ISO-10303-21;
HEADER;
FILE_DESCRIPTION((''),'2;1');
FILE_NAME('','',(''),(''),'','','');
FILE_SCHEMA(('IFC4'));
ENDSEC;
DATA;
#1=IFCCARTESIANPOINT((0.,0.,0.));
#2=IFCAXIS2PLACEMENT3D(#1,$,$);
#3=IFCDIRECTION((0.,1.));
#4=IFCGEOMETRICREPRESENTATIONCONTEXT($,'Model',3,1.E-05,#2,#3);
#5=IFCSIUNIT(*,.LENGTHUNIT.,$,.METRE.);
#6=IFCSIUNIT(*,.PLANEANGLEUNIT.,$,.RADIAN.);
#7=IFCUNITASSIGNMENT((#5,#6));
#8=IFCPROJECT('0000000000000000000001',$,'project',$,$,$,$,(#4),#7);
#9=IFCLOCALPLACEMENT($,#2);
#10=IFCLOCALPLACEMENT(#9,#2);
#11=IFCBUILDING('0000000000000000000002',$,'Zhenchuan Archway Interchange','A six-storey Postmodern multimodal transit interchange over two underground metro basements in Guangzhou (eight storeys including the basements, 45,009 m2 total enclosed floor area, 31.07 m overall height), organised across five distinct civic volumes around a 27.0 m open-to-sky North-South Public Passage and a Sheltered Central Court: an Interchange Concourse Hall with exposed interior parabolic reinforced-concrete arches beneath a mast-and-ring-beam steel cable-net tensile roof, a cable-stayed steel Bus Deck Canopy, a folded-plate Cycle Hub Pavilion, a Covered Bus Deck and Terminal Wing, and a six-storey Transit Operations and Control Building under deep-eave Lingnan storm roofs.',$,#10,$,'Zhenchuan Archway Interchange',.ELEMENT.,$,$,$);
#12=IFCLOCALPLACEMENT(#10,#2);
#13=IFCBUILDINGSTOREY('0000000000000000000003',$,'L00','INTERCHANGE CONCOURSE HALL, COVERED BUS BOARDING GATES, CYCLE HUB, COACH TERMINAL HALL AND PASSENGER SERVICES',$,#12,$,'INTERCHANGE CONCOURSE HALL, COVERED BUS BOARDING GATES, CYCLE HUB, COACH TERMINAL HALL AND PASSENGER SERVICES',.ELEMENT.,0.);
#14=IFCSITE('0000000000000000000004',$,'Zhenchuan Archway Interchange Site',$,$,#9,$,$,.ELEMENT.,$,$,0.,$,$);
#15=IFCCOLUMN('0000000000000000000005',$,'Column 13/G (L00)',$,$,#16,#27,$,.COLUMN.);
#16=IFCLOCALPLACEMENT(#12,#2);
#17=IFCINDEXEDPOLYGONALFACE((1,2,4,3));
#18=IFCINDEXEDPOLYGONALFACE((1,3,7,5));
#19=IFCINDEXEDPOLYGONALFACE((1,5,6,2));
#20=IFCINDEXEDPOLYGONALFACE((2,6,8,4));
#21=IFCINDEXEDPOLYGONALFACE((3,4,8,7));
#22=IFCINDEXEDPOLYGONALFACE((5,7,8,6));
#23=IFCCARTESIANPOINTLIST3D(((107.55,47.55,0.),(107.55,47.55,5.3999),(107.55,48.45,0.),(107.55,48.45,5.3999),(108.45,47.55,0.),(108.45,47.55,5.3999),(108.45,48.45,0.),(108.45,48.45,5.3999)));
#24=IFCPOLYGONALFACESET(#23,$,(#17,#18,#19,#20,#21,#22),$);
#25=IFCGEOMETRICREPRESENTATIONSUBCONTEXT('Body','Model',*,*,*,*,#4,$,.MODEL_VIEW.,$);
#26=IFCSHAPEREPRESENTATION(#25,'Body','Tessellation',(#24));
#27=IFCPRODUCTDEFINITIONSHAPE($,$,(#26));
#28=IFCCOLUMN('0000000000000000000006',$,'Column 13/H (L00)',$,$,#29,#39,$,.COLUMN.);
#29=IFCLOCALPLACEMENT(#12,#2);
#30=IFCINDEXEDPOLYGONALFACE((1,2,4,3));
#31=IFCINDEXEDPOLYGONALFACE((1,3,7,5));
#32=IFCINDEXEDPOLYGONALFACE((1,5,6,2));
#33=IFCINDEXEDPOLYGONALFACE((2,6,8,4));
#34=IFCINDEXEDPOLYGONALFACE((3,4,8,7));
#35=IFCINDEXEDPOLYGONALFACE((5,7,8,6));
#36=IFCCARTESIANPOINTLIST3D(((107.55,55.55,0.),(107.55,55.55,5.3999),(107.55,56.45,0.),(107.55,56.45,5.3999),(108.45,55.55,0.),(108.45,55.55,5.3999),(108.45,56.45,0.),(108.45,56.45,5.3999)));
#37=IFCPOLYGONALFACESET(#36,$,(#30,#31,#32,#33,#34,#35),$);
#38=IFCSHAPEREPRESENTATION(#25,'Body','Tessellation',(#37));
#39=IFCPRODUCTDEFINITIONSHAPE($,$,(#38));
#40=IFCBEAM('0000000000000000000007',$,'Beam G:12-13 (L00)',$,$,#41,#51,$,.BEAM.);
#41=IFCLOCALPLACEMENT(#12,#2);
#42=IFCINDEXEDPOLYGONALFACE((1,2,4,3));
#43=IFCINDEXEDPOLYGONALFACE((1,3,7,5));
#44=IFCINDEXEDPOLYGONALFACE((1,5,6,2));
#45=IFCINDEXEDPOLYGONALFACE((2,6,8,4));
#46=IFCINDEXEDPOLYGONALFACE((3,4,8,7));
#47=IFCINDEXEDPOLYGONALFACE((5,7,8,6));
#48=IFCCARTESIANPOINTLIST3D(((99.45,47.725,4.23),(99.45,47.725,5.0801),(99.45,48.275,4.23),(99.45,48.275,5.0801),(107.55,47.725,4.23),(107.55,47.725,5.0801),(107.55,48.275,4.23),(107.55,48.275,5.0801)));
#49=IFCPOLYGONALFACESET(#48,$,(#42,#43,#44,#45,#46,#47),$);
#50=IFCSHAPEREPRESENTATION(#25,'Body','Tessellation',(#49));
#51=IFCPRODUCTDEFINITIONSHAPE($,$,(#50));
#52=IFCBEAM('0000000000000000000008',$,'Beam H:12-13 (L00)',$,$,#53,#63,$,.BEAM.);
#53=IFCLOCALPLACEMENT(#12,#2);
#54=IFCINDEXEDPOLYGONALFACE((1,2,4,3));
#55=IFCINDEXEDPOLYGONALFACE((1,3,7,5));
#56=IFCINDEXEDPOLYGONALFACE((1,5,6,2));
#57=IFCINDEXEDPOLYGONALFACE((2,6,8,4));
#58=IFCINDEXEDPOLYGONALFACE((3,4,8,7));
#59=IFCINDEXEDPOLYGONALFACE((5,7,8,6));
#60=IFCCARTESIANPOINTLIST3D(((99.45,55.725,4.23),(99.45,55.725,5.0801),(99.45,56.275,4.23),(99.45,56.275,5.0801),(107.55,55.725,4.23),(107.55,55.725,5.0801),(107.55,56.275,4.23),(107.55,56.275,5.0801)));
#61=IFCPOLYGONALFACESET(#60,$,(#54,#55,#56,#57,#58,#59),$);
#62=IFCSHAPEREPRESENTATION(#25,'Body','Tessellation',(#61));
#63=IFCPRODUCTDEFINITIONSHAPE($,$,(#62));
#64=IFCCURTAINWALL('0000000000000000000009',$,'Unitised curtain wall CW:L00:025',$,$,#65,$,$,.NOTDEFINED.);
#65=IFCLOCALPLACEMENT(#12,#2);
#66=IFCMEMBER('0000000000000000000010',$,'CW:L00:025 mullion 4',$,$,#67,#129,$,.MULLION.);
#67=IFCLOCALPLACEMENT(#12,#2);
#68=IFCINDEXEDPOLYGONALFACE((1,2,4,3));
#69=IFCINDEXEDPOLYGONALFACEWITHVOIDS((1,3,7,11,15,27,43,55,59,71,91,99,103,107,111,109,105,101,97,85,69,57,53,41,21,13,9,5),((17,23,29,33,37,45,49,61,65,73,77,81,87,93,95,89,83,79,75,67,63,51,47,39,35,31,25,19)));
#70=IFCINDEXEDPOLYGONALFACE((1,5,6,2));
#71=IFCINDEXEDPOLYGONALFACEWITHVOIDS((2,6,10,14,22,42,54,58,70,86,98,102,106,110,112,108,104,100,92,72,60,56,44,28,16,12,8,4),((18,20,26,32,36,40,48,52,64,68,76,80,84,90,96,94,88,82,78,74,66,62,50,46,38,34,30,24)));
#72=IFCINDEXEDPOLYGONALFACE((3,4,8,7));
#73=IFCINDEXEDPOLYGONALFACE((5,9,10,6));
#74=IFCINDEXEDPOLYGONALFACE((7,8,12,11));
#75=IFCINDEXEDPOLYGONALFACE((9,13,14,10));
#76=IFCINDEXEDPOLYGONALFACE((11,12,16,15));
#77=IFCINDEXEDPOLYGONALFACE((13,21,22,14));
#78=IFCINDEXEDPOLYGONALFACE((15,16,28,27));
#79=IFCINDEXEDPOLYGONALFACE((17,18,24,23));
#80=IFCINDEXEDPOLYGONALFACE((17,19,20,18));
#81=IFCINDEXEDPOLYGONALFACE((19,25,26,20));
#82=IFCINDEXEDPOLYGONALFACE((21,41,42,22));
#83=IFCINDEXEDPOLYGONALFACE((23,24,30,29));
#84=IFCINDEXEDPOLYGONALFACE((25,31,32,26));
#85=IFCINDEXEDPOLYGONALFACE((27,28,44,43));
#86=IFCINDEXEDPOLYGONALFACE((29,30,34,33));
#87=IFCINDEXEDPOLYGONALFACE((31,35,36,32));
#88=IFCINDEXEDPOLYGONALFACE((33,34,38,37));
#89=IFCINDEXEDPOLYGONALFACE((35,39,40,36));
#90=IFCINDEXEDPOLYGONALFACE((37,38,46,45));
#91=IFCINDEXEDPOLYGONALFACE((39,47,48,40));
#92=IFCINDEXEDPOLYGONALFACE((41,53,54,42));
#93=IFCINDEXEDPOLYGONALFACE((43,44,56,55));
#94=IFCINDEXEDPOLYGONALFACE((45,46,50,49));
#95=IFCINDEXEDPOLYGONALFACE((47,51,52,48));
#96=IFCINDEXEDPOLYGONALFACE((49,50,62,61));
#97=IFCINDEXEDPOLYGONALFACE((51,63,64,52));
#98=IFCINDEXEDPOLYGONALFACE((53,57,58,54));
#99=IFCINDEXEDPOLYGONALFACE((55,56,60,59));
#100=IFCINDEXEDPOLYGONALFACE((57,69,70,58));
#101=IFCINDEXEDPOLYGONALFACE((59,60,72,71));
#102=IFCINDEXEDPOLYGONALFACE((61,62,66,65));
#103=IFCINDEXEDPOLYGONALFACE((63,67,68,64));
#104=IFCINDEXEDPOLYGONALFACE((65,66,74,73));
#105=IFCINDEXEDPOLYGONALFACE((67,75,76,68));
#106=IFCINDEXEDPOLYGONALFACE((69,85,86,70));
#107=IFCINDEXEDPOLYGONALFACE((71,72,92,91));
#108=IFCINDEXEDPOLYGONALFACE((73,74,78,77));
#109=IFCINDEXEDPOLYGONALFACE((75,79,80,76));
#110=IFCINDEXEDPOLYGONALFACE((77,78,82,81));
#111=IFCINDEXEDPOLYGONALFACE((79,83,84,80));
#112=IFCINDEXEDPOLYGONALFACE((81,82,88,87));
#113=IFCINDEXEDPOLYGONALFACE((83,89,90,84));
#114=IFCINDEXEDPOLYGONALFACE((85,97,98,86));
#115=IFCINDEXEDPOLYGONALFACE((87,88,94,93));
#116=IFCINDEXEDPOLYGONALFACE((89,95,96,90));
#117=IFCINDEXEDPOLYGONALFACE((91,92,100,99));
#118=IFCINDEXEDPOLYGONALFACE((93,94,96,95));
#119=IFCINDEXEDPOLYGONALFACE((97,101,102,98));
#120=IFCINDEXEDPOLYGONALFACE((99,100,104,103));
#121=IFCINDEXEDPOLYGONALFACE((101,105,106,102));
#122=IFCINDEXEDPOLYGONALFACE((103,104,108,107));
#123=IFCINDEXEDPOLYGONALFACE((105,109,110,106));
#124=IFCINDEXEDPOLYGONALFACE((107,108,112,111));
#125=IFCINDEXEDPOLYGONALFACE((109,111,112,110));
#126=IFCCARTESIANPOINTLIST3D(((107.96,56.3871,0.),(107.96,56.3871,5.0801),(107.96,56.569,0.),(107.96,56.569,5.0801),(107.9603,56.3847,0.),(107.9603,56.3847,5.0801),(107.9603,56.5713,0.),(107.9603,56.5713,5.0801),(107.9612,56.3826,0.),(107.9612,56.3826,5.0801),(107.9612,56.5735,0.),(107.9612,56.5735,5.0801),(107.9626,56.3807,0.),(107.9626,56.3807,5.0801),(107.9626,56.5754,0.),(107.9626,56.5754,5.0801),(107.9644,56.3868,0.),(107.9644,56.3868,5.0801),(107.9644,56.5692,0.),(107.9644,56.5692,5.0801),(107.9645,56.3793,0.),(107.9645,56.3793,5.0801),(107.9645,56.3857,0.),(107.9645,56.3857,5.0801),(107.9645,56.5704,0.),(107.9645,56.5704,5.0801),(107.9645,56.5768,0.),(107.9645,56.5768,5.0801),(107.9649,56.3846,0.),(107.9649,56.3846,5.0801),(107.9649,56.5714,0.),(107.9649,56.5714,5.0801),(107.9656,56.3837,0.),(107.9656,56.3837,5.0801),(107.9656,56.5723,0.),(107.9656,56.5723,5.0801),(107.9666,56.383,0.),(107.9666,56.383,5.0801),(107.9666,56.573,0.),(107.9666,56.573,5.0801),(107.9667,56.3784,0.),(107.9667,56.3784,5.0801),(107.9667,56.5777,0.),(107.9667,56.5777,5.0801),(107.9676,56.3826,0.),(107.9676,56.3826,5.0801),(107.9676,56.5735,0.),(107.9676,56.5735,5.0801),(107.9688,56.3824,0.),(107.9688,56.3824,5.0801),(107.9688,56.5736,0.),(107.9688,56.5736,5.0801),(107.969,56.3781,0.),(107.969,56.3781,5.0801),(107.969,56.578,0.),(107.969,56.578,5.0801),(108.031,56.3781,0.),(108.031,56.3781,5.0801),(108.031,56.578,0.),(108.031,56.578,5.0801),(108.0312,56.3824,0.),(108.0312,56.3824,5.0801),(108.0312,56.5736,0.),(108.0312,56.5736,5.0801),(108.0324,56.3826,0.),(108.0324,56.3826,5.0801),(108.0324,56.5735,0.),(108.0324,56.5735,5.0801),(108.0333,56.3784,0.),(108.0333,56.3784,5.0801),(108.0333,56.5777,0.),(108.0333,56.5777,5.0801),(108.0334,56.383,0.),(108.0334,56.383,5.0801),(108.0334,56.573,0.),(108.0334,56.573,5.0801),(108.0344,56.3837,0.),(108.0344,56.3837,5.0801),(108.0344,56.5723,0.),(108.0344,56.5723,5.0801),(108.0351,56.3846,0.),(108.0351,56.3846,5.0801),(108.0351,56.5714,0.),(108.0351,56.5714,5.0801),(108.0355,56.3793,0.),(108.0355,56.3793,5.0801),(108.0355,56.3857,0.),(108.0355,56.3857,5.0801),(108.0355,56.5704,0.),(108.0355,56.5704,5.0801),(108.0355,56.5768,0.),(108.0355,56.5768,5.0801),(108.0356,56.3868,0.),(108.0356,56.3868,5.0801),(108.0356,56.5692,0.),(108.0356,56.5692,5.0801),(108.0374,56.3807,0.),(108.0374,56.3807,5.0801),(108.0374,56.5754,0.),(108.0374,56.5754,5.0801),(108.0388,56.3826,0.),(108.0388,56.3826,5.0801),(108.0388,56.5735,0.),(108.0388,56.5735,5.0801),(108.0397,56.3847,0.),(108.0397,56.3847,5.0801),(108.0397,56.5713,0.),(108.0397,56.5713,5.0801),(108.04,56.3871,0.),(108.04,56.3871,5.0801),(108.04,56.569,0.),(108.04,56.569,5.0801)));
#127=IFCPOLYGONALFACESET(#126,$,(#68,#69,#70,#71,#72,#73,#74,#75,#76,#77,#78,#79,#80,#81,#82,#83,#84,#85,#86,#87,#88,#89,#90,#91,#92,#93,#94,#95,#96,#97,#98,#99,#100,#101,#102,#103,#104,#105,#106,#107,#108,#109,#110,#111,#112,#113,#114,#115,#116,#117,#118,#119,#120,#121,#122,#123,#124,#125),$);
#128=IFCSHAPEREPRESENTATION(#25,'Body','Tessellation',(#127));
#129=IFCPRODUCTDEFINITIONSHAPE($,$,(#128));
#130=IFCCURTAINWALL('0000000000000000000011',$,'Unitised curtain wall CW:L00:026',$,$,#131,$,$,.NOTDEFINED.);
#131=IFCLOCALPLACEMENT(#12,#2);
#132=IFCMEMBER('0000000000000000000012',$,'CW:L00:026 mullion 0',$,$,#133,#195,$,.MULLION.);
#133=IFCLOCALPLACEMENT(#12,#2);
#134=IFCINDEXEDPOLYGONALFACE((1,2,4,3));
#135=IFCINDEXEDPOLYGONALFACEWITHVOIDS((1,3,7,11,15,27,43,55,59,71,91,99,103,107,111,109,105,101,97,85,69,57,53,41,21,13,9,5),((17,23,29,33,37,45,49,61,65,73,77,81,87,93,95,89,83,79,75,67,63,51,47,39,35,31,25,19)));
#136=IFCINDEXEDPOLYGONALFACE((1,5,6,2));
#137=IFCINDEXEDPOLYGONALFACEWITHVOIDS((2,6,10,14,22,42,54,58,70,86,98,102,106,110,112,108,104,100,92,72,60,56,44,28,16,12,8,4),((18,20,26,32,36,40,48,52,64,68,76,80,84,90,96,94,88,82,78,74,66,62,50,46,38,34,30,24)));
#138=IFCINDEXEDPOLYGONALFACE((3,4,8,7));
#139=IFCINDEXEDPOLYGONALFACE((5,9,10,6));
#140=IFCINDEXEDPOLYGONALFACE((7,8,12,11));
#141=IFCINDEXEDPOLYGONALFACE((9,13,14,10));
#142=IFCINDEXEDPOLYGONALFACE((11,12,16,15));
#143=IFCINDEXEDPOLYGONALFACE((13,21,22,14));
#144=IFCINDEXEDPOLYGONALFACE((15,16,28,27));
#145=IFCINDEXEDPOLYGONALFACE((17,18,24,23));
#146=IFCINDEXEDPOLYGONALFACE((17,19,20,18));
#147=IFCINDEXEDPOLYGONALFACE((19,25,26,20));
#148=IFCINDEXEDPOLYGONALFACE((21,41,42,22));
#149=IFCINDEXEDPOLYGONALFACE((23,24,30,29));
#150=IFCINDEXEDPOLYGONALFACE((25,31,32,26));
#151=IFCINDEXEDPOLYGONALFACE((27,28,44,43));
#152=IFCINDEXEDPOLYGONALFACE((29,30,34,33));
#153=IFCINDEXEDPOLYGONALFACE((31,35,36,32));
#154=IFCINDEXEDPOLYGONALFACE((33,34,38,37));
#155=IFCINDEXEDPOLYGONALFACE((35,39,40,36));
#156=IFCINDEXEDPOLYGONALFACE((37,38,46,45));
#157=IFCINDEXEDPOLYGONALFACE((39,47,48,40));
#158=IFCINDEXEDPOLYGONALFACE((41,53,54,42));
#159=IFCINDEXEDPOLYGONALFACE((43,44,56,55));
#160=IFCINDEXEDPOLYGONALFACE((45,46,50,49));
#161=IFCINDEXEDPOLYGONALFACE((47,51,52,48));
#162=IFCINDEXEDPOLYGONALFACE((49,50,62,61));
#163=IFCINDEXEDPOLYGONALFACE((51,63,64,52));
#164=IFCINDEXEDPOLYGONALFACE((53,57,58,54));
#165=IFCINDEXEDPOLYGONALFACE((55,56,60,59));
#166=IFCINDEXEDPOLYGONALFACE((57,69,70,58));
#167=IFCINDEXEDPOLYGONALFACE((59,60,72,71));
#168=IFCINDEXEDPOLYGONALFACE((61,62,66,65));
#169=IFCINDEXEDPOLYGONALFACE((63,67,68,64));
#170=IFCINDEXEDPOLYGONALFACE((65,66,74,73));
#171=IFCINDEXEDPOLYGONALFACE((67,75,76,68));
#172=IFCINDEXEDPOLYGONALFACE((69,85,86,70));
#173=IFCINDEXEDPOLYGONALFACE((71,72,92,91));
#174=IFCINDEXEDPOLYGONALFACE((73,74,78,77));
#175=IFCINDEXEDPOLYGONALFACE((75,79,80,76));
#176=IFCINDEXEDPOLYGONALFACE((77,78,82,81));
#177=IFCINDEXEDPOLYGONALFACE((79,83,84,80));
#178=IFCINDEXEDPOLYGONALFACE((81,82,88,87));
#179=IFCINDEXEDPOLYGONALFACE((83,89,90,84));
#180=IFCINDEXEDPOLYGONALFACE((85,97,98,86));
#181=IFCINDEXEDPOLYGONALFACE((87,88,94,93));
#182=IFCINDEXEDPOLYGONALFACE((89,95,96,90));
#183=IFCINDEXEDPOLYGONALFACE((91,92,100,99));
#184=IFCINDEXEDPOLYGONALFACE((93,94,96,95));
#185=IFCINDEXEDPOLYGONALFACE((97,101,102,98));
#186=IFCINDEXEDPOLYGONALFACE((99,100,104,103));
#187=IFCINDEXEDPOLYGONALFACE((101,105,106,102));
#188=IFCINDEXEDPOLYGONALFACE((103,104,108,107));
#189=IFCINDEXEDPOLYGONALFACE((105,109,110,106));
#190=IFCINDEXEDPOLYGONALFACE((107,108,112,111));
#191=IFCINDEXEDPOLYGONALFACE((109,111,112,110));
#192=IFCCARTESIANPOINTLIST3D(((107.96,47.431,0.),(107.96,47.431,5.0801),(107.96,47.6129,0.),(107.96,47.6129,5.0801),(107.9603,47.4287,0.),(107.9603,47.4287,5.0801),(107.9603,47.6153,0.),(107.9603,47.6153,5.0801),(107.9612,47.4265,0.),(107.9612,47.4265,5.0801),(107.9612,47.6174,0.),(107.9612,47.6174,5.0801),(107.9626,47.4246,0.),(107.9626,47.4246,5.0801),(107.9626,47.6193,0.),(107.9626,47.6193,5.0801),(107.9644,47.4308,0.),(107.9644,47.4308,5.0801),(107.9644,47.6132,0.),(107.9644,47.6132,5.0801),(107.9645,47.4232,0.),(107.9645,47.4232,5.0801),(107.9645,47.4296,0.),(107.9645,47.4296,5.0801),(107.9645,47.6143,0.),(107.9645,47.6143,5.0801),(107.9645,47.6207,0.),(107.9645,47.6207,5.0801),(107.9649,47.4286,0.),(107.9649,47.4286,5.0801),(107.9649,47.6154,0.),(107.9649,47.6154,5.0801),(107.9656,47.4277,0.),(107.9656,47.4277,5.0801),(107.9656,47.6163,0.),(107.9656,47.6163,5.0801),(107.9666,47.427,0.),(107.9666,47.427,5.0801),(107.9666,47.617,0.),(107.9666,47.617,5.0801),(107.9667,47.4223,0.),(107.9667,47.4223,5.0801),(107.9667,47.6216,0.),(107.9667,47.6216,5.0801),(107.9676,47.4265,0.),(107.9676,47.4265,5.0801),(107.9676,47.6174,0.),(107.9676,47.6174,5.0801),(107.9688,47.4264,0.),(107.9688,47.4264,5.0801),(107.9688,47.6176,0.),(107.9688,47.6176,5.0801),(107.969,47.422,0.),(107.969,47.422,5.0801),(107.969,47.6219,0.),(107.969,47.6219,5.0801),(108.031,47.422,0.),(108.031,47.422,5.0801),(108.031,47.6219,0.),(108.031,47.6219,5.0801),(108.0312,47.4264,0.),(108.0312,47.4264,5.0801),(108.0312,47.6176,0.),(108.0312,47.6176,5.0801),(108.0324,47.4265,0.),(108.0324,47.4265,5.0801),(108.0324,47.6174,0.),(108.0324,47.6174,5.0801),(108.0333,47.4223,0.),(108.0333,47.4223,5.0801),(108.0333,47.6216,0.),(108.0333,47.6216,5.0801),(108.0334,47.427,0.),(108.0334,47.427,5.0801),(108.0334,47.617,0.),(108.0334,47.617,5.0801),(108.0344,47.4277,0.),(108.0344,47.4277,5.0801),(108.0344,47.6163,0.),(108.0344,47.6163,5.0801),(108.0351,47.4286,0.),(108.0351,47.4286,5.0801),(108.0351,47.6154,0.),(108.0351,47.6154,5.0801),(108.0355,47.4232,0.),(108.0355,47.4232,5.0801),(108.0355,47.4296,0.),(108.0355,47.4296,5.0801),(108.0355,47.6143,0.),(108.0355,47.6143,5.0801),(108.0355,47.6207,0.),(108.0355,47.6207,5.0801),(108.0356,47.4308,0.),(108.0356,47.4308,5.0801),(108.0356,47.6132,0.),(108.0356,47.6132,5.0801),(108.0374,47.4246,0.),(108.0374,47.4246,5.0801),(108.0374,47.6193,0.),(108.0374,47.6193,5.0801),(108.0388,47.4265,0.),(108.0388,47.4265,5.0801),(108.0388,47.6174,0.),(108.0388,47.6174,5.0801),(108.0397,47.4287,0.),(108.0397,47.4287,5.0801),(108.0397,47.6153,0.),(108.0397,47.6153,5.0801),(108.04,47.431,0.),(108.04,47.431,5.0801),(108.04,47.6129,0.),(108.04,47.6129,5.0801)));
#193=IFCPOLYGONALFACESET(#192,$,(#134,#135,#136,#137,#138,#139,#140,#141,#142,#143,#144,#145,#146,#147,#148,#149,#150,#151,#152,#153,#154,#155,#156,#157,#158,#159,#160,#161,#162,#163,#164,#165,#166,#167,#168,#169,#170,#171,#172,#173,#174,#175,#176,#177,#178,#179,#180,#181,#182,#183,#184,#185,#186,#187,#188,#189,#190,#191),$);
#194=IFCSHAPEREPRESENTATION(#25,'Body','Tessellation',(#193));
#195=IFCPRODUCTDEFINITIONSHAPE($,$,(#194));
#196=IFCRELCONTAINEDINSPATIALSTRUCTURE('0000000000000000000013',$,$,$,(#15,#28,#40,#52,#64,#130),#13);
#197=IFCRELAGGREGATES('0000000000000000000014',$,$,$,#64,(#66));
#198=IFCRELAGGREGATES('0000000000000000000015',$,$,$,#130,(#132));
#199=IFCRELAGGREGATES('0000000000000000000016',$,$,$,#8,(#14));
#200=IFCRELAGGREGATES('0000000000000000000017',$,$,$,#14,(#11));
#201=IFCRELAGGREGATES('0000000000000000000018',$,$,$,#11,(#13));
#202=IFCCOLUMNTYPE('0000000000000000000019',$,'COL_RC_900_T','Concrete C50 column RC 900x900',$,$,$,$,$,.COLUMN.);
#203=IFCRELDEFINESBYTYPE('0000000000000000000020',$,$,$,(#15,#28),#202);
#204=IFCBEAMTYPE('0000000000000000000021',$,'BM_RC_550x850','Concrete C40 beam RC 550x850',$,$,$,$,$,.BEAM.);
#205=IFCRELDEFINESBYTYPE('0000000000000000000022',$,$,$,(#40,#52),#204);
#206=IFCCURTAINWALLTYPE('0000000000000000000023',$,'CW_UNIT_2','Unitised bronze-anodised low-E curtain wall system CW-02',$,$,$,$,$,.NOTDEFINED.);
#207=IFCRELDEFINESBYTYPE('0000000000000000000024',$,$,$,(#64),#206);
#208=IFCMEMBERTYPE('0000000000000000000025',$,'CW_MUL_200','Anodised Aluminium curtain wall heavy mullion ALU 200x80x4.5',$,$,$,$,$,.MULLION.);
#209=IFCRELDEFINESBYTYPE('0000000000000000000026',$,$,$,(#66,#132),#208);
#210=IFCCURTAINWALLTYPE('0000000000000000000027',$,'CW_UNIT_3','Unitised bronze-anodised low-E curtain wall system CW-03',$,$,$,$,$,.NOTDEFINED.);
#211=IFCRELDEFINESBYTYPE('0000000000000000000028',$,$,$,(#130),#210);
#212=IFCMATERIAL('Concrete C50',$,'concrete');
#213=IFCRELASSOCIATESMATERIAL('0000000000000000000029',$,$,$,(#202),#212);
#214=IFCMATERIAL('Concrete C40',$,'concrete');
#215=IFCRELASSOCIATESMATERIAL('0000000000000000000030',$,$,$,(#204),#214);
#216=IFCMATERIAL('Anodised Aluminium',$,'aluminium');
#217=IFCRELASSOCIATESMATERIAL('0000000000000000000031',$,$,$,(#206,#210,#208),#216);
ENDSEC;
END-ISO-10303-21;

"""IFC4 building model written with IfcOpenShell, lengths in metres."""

from ifc_helpers import new_model, si_unit, direction, frame, origin, origin_2d, place, context, subcontext, project, spatial, rectangle, hollow_rectangle, extrude, material, material_profile, profile_set, type_object, element, aggregate, save


model = new_model("IFC4")

# Units and contexts
model_context = context("Model", 3, precision=1e-05, world=origin(), true_north=direction((0.0, 1.0)))
body_context = subcontext(model_context, "Body", "Model", "MODEL_VIEW")
ifc_project = project(units=[si_unit("LENGTHUNIT", "METRE"), si_unit("PLANEANGLEUNIT", "RADIAN")], contexts=[model_context])

# Site, building, storey
site_placement = place(None, origin())
site = spatial("IfcSite", under=ifc_project, at=site_placement, Name="Zhenchuan Archway Interchange Site", CompositionType="ELEMENT", RefElevation=0.0)
building_placement = place(site_placement, origin())
building = spatial("IfcBuilding", under=site, at=building_placement, Name="Zhenchuan Archway Interchange", Description="A six-storey Postmodern multimodal transit interchange over two underground metro basements in Guangzhou (eight storeys including the basements, 45,009 m2 total enclosed floor area, 31.07 m overall height), organised across five distinct civic volumes around a 27.0 m open-to-sky North-South Public Passage and a Sheltered Central Court: an Interchange Concourse Hall with exposed interior parabolic reinforced-concrete arches beneath a mast-and-ring-beam steel cable-net tensile roof, a cable-stayed steel Bus Deck Canopy, a folded-plate Cycle Hub Pavilion, a Covered Bus Deck and Terminal Wing, and a six-storey Transit Operations and Control Building under deep-eave Lingnan storm roofs.", LongName="Zhenchuan Archway Interchange", CompositionType="ELEMENT")
storey_placement = place(building_placement, origin())
storey = spatial("IfcBuildingStorey", under=building, at=storey_placement, Name="L00", Description="INTERCHANGE CONCOURSE HALL, COVERED BUS BOARDING GATES, CYCLE HUB, COACH TERMINAL HALL AND PASSENGER SERVICES", LongName="INTERCHANGE CONCOURSE HALL, COVERED BUS BOARDING GATES, CYCLE HUB, COACH TERMINAL HALL AND PASSENGER SERVICES", CompositionType="ELEMENT", Elevation=0.0)

# Columns
ifc_material_1 = material(Name="Concrete C50", Category="concrete")
ifc_material_profile_1 = material_profile(ifc_material_1, rectangle(XDim=0.8999, YDim=0.8999, at=origin_2d()), Name="RC 900x900")
ifc_profile_set_1 = profile_set([ifc_material_profile_1], Name="Concrete C50")
column_type = type_object("IfcColumnType", Name="COL_RC_900_T", Description="Concrete C50 column RC 900x900", PredefinedType="COLUMN", material=ifc_profile_set_1)
for number, where, z_axis, x_axis, name in (
    (1, (108.0, 48.0, 0.0), (0.0, 0.0, 1.0), (1.0, 0.0, 0.0), "Column 13/G (L00)"),
    (2, (108.0, 56.0, 0.0), (0.0, 0.0, 1.0), (1.0, 0.0, 0.0), "Column 13/H (L00)"),
):
    element("IfcColumn", number, at=place(storey_placement, frame(where, z_axis=z_axis, x_axis=x_axis)), inside=storey, type_object=column_type, Name=name, PredefinedType="COLUMN", context=body_context, shape_type="SweptSolid", body=[
        extrude(rectangle(XDim=0.8999, YDim=0.8999, at=origin_2d()), origin(), (0.0, 0.0, 1.0), 5.3999),
    ])

# Beams
ifc_material_2 = material(Name="Concrete C40", Category="concrete")
ifc_material_profile_2 = material_profile(ifc_material_2, rectangle(XDim=0.55, YDim=0.8501, at=origin_2d()), Name="RC 550x850")
ifc_profile_set_2 = profile_set([ifc_material_profile_2], Name="Concrete C40")
beam_type_1 = type_object("IfcBeamType", Name="BM_RC_550x850", Description="Concrete C40 beam RC 550x850", PredefinedType="BEAM", material=ifc_profile_set_2)
for number, where, z_axis, x_axis, name in (
    (3, (99.45, 48.0, 4.655), (1.0, 0.0, 0.0), (0.0, 1.0, 0.0), "Beam G:12-13 (L00)"),
    (4, (99.45, 56.0, 4.655), (1.0, 0.0, 0.0), (0.0, 1.0, 0.0), "Beam H:12-13 (L00)"),
):
    element("IfcBeam", number, at=place(storey_placement, frame(where, z_axis=z_axis, x_axis=x_axis)), inside=storey, type_object=beam_type_1, Name=name, PredefinedType="BEAM", context=body_context, shape_type="SweptSolid", body=[
        extrude(rectangle(XDim=0.55, YDim=0.8501, at=origin_2d()), origin(), (0.0, 0.0, 1.0), 8.1001),
    ])

# Curtain walls, members
ifc_material_3 = material(Name="Anodised Aluminium", Category="aluminium")
curtain_wall_type_1 = type_object("IfcCurtainWallType", Name="CW_UNIT_2", Description="Unitised bronze-anodised low-E curtain wall system CW-02", PredefinedType="NOTDEFINED", material=ifc_material_3)
curtain_wall_1_placement = place(storey_placement, origin())
curtain_wall_1 = element("IfcCurtainWall", 5, at=curtain_wall_1_placement, inside=storey, type_object=curtain_wall_type_1, Name="Unitised curtain wall CW:L00:025", PredefinedType="NOTDEFINED")
ifc_material_profile_3 = material_profile(ifc_material_3, hollow_rectangle(XDim=0.0801, YDim=0.2, WallThickness=0.0044, InnerFilletRadius=0.0044, OuterFilletRadius=0.009, at=origin_2d()), Name="ALU 200x80x4.5")
ifc_profile_set_3 = profile_set([ifc_material_profile_3], Name="Anodised Aluminium")
member_type_1 = type_object("IfcMemberType", Name="CW_MUL_200", Description="Anodised Aluminium curtain wall heavy mullion ALU 200x80x4.5", PredefinedType="MULLION", material=ifc_profile_set_3)
member_1_placement = place(storey_placement, frame((108.0, 56.478, 0.0), z_axis=(0.0, 0.0, 1.0), x_axis=(1.0, 0.0, 0.0)))
member_1 = element("IfcMember", 6, at=member_1_placement, type_object=member_type_1, Name="CW:L00:025 mullion 4", PredefinedType="MULLION", context=body_context, shape_type="SweptSolid", body=[
    extrude(hollow_rectangle(XDim=0.0801, YDim=0.2, WallThickness=0.0044, InnerFilletRadius=0.0044, OuterFilletRadius=0.009, at=origin_2d()), origin(), (0.0, 0.0, 1.0), 5.0801),
])
curtain_wall_type_2 = type_object("IfcCurtainWallType", Name="CW_UNIT_3", Description="Unitised bronze-anodised low-E curtain wall system CW-03", PredefinedType="NOTDEFINED", material=ifc_material_3)
curtain_wall_2_placement = place(storey_placement, origin())
curtain_wall_2 = element("IfcCurtainWall", 7, at=curtain_wall_2_placement, inside=storey, type_object=curtain_wall_type_2, Name="Unitised curtain wall CW:L00:026", PredefinedType="NOTDEFINED")
member_2_placement = place(storey_placement, frame((108.0, 47.522, 0.0), z_axis=(0.0, 0.0, 1.0), x_axis=(1.0, 0.0, 0.0)))
member_2 = element("IfcMember", 8, at=member_2_placement, type_object=member_type_1, Name="CW:L00:026 mullion 0", PredefinedType="MULLION", context=body_context, shape_type="SweptSolid", body=[
    extrude(hollow_rectangle(XDim=0.0801, YDim=0.2, WallThickness=0.0044, InnerFilletRadius=0.0044, OuterFilletRadius=0.009, at=origin_2d()), origin(), (0.0, 0.0, 1.0), 5.0801),
])

aggregate(curtain_wall_1, [member_1])
aggregate(curtain_wall_2, [member_2])

save(model, "model.ifc")
